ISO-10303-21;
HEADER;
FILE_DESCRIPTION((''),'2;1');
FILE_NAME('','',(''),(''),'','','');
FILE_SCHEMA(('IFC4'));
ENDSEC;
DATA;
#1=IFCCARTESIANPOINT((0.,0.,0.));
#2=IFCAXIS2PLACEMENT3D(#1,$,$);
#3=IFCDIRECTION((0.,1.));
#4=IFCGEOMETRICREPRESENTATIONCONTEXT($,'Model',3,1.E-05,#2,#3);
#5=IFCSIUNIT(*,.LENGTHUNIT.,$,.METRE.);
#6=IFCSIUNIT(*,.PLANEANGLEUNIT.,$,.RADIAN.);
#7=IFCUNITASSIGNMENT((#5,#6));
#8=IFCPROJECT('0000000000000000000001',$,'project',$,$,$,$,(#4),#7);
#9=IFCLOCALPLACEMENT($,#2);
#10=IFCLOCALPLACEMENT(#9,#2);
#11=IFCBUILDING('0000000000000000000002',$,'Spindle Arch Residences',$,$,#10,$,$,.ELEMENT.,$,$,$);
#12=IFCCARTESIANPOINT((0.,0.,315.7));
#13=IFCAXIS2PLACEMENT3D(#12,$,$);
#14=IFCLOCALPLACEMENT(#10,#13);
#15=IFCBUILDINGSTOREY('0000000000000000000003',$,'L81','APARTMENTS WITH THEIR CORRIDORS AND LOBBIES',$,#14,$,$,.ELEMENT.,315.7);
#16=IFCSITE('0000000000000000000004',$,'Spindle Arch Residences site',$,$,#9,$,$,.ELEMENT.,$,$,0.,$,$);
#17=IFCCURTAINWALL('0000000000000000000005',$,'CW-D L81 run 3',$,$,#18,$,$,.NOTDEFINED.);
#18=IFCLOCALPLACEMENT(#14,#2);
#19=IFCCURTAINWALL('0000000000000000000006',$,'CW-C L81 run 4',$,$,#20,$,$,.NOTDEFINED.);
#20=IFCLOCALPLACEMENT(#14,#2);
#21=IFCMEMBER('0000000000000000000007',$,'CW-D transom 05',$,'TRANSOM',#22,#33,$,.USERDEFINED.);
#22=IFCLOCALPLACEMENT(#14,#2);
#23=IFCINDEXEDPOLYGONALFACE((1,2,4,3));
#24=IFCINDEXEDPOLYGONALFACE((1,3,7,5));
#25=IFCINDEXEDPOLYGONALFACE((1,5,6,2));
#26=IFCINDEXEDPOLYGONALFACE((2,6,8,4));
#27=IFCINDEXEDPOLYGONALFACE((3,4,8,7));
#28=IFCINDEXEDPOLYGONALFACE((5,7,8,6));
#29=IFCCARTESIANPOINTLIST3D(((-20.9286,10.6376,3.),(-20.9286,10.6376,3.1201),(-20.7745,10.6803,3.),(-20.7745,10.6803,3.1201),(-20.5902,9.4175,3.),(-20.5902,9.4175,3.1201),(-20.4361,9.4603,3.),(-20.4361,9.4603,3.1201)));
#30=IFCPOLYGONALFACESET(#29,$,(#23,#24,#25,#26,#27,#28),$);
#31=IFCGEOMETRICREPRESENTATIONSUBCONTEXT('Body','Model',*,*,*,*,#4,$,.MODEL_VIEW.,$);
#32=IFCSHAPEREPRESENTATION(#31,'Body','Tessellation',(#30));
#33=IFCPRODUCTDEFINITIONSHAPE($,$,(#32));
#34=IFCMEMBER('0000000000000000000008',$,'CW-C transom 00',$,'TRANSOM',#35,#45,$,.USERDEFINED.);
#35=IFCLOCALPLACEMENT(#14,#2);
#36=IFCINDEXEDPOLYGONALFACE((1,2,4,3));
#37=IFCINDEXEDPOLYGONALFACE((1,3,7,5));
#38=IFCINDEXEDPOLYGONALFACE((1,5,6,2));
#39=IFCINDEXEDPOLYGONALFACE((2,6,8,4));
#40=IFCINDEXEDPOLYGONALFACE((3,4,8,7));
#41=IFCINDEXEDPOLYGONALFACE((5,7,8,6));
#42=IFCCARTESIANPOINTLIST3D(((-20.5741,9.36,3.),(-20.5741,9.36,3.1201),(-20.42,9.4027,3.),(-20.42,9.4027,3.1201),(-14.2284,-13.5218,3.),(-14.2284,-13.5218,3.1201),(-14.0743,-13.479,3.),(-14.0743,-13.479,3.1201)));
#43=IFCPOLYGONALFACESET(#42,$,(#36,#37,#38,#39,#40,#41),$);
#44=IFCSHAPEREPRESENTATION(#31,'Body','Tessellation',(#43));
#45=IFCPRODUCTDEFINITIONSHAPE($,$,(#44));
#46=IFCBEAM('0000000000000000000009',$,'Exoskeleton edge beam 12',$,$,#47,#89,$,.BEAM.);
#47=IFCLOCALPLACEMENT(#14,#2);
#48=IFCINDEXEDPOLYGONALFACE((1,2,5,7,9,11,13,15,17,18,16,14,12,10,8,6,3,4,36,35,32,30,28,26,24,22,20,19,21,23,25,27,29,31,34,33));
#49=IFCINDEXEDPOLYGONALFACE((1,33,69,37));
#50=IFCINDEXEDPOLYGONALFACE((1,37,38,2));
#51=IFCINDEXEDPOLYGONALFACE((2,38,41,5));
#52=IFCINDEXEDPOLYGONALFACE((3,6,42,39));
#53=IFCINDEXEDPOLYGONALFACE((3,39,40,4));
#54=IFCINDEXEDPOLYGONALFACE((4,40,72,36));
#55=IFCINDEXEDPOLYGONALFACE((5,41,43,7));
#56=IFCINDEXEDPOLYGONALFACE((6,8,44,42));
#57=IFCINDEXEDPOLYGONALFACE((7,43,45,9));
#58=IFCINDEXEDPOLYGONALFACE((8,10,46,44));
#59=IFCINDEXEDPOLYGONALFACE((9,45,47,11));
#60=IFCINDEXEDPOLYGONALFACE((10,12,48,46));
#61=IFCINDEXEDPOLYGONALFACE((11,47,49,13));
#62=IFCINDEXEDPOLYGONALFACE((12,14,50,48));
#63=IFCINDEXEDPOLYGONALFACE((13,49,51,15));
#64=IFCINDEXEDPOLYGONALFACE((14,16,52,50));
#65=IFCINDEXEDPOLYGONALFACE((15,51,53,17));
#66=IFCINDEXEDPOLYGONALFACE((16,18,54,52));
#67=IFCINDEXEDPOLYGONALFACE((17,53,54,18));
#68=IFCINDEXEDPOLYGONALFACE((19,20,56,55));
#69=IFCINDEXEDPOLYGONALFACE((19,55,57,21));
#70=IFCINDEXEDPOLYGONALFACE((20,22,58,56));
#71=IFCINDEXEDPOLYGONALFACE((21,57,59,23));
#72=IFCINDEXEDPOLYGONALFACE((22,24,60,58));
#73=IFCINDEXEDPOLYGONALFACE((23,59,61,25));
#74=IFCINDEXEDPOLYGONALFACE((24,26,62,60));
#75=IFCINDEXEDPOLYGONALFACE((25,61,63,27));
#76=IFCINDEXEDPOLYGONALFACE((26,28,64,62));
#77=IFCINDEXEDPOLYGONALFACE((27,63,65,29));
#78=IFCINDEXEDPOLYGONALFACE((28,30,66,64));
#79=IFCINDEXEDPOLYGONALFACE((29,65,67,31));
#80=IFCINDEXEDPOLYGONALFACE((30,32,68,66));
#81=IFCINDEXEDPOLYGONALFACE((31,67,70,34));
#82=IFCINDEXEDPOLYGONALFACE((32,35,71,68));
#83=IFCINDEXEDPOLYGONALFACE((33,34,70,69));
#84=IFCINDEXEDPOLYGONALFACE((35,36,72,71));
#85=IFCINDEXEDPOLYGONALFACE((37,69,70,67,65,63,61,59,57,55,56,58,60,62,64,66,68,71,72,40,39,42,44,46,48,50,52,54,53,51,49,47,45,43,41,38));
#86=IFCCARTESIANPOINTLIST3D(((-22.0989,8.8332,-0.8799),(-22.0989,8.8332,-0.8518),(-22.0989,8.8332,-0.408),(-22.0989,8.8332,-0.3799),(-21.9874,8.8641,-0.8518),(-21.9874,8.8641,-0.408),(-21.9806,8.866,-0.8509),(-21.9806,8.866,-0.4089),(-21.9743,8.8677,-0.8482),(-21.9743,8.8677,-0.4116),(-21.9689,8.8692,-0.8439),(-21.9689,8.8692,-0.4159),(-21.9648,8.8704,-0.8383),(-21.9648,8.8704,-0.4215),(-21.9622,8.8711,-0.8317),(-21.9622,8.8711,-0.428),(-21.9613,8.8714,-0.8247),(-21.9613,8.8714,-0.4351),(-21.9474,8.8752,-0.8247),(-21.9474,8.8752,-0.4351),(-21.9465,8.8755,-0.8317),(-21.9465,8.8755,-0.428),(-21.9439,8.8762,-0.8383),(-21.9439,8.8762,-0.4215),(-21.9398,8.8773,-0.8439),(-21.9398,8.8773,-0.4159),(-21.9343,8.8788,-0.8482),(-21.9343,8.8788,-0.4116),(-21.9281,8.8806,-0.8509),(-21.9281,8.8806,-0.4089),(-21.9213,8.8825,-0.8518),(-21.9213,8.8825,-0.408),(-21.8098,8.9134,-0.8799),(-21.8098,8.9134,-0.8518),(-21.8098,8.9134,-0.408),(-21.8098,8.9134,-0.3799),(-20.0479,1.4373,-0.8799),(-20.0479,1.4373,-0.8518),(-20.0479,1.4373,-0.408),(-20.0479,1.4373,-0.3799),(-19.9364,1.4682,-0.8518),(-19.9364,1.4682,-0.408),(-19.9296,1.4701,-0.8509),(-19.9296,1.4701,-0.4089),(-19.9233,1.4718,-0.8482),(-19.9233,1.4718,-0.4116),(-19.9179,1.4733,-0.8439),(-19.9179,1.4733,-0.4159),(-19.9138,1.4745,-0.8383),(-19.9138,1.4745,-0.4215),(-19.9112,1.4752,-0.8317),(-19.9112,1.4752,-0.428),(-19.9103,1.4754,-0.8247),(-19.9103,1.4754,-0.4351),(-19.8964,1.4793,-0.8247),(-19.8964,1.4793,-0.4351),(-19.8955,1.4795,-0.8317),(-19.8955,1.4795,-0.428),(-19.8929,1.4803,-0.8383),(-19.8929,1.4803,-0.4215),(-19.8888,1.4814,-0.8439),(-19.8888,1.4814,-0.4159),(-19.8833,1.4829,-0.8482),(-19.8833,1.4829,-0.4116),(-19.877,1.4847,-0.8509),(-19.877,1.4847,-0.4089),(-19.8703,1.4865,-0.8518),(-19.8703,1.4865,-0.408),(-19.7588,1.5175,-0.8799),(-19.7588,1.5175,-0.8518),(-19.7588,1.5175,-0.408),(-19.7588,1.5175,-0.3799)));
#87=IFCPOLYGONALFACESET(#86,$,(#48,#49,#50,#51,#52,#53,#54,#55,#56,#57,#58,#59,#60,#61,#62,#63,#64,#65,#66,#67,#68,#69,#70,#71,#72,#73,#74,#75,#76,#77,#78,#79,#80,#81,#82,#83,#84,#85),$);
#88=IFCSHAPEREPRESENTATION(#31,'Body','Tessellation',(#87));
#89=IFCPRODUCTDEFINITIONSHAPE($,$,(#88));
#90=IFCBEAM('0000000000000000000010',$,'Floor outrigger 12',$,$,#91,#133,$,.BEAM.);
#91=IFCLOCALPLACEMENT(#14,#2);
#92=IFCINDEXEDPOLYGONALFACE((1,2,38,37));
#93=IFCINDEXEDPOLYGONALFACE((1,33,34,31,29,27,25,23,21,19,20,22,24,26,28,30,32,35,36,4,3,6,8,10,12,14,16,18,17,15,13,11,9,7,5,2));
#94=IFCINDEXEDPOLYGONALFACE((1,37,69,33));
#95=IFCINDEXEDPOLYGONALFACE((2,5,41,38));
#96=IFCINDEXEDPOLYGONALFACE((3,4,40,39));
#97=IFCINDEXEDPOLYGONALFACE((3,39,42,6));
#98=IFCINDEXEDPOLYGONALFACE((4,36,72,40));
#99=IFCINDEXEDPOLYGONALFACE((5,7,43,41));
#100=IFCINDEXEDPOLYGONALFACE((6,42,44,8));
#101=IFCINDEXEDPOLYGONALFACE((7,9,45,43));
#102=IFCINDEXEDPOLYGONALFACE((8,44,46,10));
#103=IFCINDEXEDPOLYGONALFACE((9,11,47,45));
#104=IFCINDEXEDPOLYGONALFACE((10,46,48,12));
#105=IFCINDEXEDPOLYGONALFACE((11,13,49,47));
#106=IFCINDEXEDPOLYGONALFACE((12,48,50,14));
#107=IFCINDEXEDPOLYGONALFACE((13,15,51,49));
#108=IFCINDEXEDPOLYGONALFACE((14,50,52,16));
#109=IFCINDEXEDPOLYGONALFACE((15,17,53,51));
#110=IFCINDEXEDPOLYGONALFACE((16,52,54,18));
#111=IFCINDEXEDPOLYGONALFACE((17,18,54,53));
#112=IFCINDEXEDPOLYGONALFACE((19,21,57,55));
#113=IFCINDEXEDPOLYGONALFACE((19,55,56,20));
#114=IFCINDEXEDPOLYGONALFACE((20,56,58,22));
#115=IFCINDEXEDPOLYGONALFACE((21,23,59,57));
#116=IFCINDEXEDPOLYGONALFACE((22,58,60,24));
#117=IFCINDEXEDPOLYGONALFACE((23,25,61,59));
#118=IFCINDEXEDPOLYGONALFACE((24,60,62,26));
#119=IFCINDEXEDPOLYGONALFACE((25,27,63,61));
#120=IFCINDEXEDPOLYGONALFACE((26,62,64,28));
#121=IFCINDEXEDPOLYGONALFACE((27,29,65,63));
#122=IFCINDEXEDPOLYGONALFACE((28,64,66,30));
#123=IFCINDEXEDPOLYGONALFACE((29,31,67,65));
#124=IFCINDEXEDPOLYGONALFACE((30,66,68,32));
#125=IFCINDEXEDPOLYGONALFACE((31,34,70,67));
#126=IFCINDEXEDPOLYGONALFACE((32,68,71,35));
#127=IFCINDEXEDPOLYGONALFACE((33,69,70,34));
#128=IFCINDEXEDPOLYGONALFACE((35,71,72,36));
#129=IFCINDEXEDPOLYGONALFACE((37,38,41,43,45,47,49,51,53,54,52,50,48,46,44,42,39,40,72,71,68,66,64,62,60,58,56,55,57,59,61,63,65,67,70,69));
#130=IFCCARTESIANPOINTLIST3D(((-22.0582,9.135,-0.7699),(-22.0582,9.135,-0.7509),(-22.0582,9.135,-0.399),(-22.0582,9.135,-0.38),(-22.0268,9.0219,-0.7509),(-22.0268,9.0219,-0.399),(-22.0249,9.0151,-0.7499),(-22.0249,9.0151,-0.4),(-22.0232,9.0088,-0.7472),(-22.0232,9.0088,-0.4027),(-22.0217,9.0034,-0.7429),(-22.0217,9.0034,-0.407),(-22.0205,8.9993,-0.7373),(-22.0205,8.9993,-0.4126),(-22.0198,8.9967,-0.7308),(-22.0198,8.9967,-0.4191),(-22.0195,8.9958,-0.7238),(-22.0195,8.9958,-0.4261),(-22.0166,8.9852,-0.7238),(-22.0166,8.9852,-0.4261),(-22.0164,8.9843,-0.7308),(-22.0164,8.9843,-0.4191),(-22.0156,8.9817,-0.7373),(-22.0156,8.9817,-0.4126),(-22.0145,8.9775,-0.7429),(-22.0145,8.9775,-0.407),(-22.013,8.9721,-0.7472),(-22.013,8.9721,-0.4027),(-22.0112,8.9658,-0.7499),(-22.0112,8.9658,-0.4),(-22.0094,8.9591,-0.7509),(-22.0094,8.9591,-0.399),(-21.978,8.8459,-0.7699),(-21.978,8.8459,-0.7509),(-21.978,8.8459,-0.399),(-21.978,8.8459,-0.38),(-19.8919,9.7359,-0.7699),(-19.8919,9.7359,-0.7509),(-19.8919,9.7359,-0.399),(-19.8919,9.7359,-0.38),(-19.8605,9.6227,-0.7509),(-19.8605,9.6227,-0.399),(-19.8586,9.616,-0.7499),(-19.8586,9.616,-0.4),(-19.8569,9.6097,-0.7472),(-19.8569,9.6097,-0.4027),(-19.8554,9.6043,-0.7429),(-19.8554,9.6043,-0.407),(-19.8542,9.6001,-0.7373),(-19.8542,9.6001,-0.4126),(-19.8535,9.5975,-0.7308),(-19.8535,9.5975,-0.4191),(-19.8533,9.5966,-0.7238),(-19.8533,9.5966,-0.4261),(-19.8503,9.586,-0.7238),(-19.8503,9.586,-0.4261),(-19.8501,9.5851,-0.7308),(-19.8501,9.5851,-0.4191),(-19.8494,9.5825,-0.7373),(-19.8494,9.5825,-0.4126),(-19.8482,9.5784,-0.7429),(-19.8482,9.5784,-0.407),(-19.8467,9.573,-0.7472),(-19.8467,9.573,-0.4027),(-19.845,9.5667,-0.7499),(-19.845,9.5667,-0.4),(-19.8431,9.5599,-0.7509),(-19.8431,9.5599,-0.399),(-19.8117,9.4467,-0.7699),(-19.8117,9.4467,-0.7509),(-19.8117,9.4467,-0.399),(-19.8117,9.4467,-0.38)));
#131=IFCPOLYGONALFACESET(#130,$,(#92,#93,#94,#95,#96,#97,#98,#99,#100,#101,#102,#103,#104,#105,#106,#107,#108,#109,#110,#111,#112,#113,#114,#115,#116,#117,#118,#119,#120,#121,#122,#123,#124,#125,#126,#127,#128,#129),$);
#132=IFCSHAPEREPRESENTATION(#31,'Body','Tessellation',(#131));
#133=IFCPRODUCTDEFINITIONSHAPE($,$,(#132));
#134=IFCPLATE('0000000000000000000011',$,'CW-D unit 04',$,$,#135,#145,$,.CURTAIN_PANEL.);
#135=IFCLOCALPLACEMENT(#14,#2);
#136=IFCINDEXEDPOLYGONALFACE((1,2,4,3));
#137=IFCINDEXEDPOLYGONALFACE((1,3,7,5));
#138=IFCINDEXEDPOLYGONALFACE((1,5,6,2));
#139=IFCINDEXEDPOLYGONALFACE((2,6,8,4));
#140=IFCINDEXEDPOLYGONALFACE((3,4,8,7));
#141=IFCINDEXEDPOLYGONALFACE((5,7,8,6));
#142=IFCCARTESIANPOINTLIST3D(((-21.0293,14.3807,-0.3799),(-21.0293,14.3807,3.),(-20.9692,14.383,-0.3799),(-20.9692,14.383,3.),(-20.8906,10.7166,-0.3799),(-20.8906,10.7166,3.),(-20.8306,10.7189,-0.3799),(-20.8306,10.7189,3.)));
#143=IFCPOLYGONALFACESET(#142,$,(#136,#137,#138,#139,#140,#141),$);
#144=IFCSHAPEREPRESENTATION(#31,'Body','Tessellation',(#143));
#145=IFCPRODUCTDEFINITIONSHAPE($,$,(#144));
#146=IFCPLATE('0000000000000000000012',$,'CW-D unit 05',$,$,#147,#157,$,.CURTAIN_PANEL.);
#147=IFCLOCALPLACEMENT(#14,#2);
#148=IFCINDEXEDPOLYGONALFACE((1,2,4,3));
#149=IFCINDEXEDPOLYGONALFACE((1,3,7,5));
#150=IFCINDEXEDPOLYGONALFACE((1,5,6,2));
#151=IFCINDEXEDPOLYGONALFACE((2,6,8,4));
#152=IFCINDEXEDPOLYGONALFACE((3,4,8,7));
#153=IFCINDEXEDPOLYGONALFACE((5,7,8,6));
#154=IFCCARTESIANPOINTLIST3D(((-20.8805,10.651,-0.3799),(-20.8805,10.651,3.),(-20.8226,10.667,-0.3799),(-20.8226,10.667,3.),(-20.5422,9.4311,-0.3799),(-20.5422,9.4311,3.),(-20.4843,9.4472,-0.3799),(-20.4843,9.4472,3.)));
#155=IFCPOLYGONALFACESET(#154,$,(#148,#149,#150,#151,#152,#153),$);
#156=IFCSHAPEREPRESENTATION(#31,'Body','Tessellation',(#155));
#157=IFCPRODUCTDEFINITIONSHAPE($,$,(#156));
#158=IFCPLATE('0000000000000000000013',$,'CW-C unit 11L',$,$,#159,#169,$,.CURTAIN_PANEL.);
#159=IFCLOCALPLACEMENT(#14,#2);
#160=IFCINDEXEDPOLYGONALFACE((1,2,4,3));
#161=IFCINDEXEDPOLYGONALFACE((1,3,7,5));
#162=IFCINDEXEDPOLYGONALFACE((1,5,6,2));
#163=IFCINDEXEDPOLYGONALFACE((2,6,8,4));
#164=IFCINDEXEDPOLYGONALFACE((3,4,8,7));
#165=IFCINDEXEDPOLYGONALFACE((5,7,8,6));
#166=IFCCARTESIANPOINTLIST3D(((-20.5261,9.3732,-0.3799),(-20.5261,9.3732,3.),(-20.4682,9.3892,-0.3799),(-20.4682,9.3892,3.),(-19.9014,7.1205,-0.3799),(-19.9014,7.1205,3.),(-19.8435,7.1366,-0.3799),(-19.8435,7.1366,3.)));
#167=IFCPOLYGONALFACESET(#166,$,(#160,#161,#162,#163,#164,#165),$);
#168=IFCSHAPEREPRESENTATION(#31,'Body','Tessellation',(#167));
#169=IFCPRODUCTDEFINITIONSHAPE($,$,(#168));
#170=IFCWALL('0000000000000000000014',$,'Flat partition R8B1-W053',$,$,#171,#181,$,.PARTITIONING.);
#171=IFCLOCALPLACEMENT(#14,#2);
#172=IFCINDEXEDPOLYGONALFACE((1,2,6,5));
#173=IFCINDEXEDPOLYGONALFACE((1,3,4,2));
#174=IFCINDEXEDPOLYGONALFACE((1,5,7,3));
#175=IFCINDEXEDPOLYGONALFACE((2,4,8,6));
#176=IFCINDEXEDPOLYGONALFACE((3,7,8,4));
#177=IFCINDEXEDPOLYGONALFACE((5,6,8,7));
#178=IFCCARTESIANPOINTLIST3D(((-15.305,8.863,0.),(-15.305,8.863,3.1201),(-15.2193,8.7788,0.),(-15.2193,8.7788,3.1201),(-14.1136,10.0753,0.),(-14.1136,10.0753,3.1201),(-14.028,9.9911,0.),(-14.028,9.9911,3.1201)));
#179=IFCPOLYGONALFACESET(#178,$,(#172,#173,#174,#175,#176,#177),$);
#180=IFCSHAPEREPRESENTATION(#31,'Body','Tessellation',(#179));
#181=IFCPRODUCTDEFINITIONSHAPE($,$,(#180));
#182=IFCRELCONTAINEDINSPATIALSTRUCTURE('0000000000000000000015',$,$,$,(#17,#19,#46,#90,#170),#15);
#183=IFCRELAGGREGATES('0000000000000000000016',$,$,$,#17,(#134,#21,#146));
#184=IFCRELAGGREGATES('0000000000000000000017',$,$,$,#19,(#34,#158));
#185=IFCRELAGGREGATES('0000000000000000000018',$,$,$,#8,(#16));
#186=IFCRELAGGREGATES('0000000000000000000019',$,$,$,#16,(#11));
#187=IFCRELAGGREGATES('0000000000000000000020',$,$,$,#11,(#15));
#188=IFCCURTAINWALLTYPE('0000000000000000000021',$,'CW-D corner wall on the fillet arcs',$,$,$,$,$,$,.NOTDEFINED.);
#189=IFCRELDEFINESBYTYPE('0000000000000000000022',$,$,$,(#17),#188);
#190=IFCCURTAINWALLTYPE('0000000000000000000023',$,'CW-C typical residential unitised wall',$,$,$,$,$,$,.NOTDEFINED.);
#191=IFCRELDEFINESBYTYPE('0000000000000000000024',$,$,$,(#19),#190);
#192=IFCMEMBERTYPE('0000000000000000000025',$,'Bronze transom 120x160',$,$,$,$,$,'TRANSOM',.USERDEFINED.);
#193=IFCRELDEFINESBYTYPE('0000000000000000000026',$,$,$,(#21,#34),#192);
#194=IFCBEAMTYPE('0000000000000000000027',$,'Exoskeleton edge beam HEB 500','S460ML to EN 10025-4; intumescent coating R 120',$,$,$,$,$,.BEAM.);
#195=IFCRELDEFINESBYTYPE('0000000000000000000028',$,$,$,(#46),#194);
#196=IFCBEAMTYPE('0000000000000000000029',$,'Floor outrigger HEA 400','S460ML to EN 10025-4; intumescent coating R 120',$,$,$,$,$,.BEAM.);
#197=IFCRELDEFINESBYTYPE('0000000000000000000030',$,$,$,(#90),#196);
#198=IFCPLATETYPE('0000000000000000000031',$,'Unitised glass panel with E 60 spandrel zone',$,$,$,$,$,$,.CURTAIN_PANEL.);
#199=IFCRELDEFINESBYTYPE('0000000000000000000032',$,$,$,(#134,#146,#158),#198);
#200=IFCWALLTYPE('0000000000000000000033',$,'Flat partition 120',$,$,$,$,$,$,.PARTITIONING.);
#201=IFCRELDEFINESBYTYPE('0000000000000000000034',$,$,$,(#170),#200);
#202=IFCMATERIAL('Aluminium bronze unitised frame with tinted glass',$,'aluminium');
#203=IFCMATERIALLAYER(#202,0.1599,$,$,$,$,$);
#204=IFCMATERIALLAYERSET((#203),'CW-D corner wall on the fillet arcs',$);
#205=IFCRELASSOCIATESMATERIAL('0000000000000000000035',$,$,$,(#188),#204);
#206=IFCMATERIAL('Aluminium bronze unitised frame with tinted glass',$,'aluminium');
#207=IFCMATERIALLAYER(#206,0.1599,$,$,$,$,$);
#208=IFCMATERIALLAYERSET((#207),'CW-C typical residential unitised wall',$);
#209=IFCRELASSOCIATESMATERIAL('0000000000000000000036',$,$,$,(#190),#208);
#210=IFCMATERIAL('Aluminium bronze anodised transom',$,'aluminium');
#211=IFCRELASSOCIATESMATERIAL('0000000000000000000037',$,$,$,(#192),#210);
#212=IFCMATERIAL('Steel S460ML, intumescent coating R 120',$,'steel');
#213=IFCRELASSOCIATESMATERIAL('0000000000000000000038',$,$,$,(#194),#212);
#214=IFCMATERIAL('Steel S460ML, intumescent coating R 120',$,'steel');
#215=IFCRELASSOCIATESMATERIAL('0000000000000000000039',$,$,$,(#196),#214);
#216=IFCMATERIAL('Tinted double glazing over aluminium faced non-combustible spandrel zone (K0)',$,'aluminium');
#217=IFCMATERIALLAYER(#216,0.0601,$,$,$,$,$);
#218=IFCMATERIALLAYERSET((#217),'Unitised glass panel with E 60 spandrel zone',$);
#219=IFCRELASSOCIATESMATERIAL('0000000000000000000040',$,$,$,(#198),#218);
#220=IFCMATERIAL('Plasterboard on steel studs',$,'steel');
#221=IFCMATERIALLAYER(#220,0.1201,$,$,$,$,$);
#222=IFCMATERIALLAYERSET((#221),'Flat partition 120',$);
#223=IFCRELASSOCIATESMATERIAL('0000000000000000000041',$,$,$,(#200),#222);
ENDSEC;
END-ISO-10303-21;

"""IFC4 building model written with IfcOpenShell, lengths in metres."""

from ifc_helpers import new_model, si_unit, direction, frame, frame_2d, origin, origin_2d, place, context, subcontext, project, spatial, rectangle, i_section, extrude, material, layer, layer_set, material_profile, profile_set, type_object, element, aggregate, save


model = new_model("IFC4")

# Units and contexts
model_context = context("Model", 3, precision=1e-05, world=origin(), true_north=direction((0.0, 1.0)))
body_context = subcontext(model_context, "Body", "Model", "MODEL_VIEW")
ifc_project = project(units=[si_unit("LENGTHUNIT", "METRE"), si_unit("PLANEANGLEUNIT", "RADIAN")], contexts=[model_context])

# Site, building, storey
site_placement = place(None, origin())
site = spatial("IfcSite", under=ifc_project, at=site_placement, Name="Spindle Arch Residences site", CompositionType="ELEMENT", RefElevation=0.0)
building_placement = place(site_placement, origin())
building = spatial("IfcBuilding", under=site, at=building_placement, Name="Spindle Arch Residences", CompositionType="ELEMENT")
storey_placement = place(building_placement, frame((0.0, 0.0, 315.7)))
storey = spatial("IfcBuildingStorey", under=building, at=storey_placement, Name="L81", Description="APARTMENTS WITH THEIR CORRIDORS AND LOBBIES", CompositionType="ELEMENT", Elevation=315.7)

# Curtain walls
ifc_material_1 = material(Name="Aluminium bronze unitised frame with tinted glass", Category="aluminium")
ifc_layer_1 = layer(ifc_material_1, 0.1599)
ifc_layer_set_1 = layer_set([ifc_layer_1], Name="CW-D corner wall on the fillet arcs")
curtain_wall_type_1 = type_object("IfcCurtainWallType", Name="CW-D corner wall on the fillet arcs", PredefinedType="NOTDEFINED", material=ifc_layer_set_1)
curtain_wall_1_placement = place(storey_placement, origin())
curtain_wall_1 = element("IfcCurtainWall", 1, at=curtain_wall_1_placement, inside=storey, type_object=curtain_wall_type_1, Name="CW-D L81 run 3", PredefinedType="NOTDEFINED")
ifc_material_2 = material(Name="Aluminium bronze unitised frame with tinted glass", Category="aluminium")
ifc_layer_2 = layer(ifc_material_2, 0.1599)
ifc_layer_set_2 = layer_set([ifc_layer_2], Name="CW-C typical residential unitised wall")
curtain_wall_type_2 = type_object("IfcCurtainWallType", Name="CW-C typical residential unitised wall", PredefinedType="NOTDEFINED", material=ifc_layer_set_2)
curtain_wall_2_placement = place(storey_placement, origin())
curtain_wall_2 = element("IfcCurtainWall", 2, at=curtain_wall_2_placement, inside=storey, type_object=curtain_wall_type_2, Name="CW-C L81 run 4", PredefinedType="NOTDEFINED")

# Members
ifc_material_3 = material(Name="Aluminium bronze anodised transom", Category="aluminium")
ifc_material_profile_1 = material_profile(ifc_material_3, rectangle(XDim=0.1599, YDim=0.1201, at=origin_2d()), Name="TR 120x160")
ifc_profile_set_1 = profile_set([ifc_material_profile_1], Name="Aluminium bronze anodised transom")
member_type_1 = type_object("IfcMemberType", Name="Bronze transom 120x160", ElementType="TRANSOM", PredefinedType="USERDEFINED", material=ifc_profile_set_1)
member_1_placement = place(storey_placement, frame((-20.8516, 10.6589, 3.0601), z_axis=(0.267276, -0.96362, 0.0), x_axis=(0.96362, 0.267276, 0.0)))
member_1 = element("IfcMember", 3, at=member_1_placement, type_object=member_type_1, Name="CW-D transom 05", ObjectType="TRANSOM", PredefinedType="USERDEFINED", context=body_context, shape_type="SweptSolid", body=[
    extrude(rectangle(XDim=0.1599, YDim=0.1201, at=origin_2d()), origin(), (0.0, 0.0, 1.0), 1.2661),
])
member_2_placement = place(storey_placement, frame((-20.4971, 9.3813, 3.0601), z_axis=(0.267239, -0.96363, 0.0), x_axis=(0.96363, 0.267239, 0.0)))
member_2 = element("IfcMember", 4, at=member_2_placement, type_object=member_type_1, Name="CW-C transom 00", ObjectType="TRANSOM", PredefinedType="USERDEFINED", context=body_context, shape_type="SweptSolid", body=[
    extrude(rectangle(XDim=0.1599, YDim=0.1201, at=origin_2d()), origin(), (0.0, 0.0, 1.0), 23.7454),
])

# Beams
ifc_material_4 = material(Name="Steel S460ML, intumescent coating R 120", Category="steel")
ifc_material_profile_2 = material_profile(ifc_material_4, i_section(OverallWidth=0.3, OverallDepth=0.5, WebThickness=0.0144, FlangeThickness=0.0281, FilletRadius=0.0271, at=origin_2d()), Name="HEB 500")
ifc_profile_set_2 = profile_set([ifc_material_profile_2], Name="Steel S460ML, intumescent coating R 120")
beam_type_1 = type_object("IfcBeamType", Name="Exoskeleton edge beam HEB 500", Description="S460ML to EN 10025-4; intumescent coating R 120", PredefinedType="BEAM", material=ifc_profile_set_2)
beam_1_placement = place(storey_placement, frame((-21.9543, 8.8733, -0.6299), z_axis=(0.26723, -0.963633, 0.0), x_axis=(0.963633, 0.26723, 0.0)))
element("IfcBeam", 5, at=beam_1_placement, inside=storey, type_object=beam_type_1, Name="Exoskeleton edge beam 12", PredefinedType="BEAM", context=body_context, shape_type="SweptSolid", body=[
    extrude(i_section(OverallWidth=0.3, OverallDepth=0.5, WebThickness=0.0144, FlangeThickness=0.0281, FilletRadius=0.0271, at=origin_2d()), origin(), (0.0, 0.0, 1.0), 7.675),
])
ifc_material_5 = material(Name="Steel S460ML, intumescent coating R 120", Category="steel")
ifc_material_profile_3 = material_profile(ifc_material_5, i_section(OverallWidth=0.3, OverallDepth=0.3899, WebThickness=0.011, FlangeThickness=0.019, FilletRadius=0.0271, at=origin_2d()), Name="HEA 400")
ifc_profile_set_3 = profile_set([ifc_material_profile_3], Name="Steel S460ML, intumescent coating R 120")
beam_type_2 = type_object("IfcBeamType", Name="Floor outrigger HEA 400", Description="S460ML to EN 10025-4; intumescent coating R 120", PredefinedType="BEAM", material=ifc_profile_set_3)
beam_2_placement = place(storey_placement, frame((-22.0181, 8.9905, -0.575), z_axis=(0.963622, 0.267269, 0.0), x_axis=(-0.267269, 0.963622, 0.0)))
element("IfcBeam", 6, at=beam_2_placement, inside=storey, type_object=beam_type_2, Name="Floor outrigger 12", PredefinedType="BEAM", context=body_context, shape_type="SweptSolid", body=[
    extrude(i_section(OverallWidth=0.3, OverallDepth=0.3899, WebThickness=0.011, FlangeThickness=0.019, FilletRadius=0.0271, at=origin_2d()), origin(), (0.0, 0.0, 1.0), 2.248),
])

# Plates
ifc_material_6 = material(Name="Tinted double glazing over aluminium faced non-combustible spandrel zone (K0)", Category="aluminium")
ifc_layer_3 = layer(ifc_material_6, 0.0601)
ifc_layer_set_3 = layer_set([ifc_layer_3], Name="Unitised glass panel with E 60 spandrel zone")
plate_type = type_object("IfcPlateType", Name="Unitised glass panel with E 60 spandrel zone", PredefinedType="CURTAIN_PANEL", material=ifc_layer_set_3)
plate_1_placement = place(storey_placement, frame((-20.9299, 12.5498, -0.3799), z_axis=(0.0, 0.0, 1.0), x_axis=(0.037806, -0.999285, 0.0)))
plate_1 = element("IfcPlate", 7, at=plate_1_placement, type_object=plate_type, Name="CW-D unit 04", PredefinedType="CURTAIN_PANEL", context=body_context, shape_type="SweptSolid", body=[
    extrude(rectangle(XDim=3.6667, YDim=0.0601, at=origin_2d()), origin(), (0.0, 0.0, 1.0), 3.3799),
])
plate_2_placement = place(storey_placement, frame((-20.6824, 10.0491, -0.3799), z_axis=(0.0, 0.0, 1.0), x_axis=(0.267238, -0.96363, 0.0)))
plate_2 = element("IfcPlate", 8, at=plate_2_placement, type_object=plate_type, Name="CW-D unit 05", PredefinedType="CURTAIN_PANEL", context=body_context, shape_type="SweptSolid", body=[
    extrude(rectangle(XDim=1.2659, YDim=0.0601, at=origin_2d()), origin(), (0.0, 0.0, 1.0), 3.3799),
])
aggregate(curtain_wall_1, [plate_1, member_1, plate_2])
plate_3_placement = place(storey_placement, frame((-20.1848, 8.2549, -0.3799), z_axis=(0.0, 0.0, 1.0), x_axis=(0.267238, -0.96363, 0.0)))
plate_3 = element("IfcPlate", 9, at=plate_3_placement, type_object=plate_type, Name="CW-C unit 11L", PredefinedType="CURTAIN_PANEL", context=body_context, shape_type="SweptSolid", body=[
    extrude(rectangle(XDim=2.3376, YDim=0.0601, at=origin_2d()), origin(), (0.0, 0.0, 1.0), 3.3799),
])
aggregate(curtain_wall_2, [member_2, plate_3])

# Wall
ifc_material_7 = material(Name="Plasterboard on steel studs", Category="steel")
ifc_layer_4 = layer(ifc_material_7, 0.1201)
ifc_layer_set_4 = layer_set([ifc_layer_4], Name="Flat partition 120")
wall_type_1 = type_object("IfcWallType", Name="Flat partition 120", PredefinedType="PARTITIONING", material=ifc_layer_set_4)
wall_1_placement = place(storey_placement, frame((-14.0708, 10.0332, 0.0), z_axis=(0.0, 0.0, 1.0), x_axis=(-0.700904, -0.713256, 0.0)))
element("IfcWall", 10, at=wall_1_placement, inside=storey, type_object=wall_type_1, Name="Flat partition R8B1-W053", PredefinedType="PARTITIONING", context=body_context, shape_type="SweptSolid", body=[
    extrude(rectangle(XDim=1.6997, YDim=0.1201, at=frame_2d((0.8499, 0.0))), origin(), (0.0, 0.0, 1.0), 3.1201),
])

save(model, "model.ifc")
